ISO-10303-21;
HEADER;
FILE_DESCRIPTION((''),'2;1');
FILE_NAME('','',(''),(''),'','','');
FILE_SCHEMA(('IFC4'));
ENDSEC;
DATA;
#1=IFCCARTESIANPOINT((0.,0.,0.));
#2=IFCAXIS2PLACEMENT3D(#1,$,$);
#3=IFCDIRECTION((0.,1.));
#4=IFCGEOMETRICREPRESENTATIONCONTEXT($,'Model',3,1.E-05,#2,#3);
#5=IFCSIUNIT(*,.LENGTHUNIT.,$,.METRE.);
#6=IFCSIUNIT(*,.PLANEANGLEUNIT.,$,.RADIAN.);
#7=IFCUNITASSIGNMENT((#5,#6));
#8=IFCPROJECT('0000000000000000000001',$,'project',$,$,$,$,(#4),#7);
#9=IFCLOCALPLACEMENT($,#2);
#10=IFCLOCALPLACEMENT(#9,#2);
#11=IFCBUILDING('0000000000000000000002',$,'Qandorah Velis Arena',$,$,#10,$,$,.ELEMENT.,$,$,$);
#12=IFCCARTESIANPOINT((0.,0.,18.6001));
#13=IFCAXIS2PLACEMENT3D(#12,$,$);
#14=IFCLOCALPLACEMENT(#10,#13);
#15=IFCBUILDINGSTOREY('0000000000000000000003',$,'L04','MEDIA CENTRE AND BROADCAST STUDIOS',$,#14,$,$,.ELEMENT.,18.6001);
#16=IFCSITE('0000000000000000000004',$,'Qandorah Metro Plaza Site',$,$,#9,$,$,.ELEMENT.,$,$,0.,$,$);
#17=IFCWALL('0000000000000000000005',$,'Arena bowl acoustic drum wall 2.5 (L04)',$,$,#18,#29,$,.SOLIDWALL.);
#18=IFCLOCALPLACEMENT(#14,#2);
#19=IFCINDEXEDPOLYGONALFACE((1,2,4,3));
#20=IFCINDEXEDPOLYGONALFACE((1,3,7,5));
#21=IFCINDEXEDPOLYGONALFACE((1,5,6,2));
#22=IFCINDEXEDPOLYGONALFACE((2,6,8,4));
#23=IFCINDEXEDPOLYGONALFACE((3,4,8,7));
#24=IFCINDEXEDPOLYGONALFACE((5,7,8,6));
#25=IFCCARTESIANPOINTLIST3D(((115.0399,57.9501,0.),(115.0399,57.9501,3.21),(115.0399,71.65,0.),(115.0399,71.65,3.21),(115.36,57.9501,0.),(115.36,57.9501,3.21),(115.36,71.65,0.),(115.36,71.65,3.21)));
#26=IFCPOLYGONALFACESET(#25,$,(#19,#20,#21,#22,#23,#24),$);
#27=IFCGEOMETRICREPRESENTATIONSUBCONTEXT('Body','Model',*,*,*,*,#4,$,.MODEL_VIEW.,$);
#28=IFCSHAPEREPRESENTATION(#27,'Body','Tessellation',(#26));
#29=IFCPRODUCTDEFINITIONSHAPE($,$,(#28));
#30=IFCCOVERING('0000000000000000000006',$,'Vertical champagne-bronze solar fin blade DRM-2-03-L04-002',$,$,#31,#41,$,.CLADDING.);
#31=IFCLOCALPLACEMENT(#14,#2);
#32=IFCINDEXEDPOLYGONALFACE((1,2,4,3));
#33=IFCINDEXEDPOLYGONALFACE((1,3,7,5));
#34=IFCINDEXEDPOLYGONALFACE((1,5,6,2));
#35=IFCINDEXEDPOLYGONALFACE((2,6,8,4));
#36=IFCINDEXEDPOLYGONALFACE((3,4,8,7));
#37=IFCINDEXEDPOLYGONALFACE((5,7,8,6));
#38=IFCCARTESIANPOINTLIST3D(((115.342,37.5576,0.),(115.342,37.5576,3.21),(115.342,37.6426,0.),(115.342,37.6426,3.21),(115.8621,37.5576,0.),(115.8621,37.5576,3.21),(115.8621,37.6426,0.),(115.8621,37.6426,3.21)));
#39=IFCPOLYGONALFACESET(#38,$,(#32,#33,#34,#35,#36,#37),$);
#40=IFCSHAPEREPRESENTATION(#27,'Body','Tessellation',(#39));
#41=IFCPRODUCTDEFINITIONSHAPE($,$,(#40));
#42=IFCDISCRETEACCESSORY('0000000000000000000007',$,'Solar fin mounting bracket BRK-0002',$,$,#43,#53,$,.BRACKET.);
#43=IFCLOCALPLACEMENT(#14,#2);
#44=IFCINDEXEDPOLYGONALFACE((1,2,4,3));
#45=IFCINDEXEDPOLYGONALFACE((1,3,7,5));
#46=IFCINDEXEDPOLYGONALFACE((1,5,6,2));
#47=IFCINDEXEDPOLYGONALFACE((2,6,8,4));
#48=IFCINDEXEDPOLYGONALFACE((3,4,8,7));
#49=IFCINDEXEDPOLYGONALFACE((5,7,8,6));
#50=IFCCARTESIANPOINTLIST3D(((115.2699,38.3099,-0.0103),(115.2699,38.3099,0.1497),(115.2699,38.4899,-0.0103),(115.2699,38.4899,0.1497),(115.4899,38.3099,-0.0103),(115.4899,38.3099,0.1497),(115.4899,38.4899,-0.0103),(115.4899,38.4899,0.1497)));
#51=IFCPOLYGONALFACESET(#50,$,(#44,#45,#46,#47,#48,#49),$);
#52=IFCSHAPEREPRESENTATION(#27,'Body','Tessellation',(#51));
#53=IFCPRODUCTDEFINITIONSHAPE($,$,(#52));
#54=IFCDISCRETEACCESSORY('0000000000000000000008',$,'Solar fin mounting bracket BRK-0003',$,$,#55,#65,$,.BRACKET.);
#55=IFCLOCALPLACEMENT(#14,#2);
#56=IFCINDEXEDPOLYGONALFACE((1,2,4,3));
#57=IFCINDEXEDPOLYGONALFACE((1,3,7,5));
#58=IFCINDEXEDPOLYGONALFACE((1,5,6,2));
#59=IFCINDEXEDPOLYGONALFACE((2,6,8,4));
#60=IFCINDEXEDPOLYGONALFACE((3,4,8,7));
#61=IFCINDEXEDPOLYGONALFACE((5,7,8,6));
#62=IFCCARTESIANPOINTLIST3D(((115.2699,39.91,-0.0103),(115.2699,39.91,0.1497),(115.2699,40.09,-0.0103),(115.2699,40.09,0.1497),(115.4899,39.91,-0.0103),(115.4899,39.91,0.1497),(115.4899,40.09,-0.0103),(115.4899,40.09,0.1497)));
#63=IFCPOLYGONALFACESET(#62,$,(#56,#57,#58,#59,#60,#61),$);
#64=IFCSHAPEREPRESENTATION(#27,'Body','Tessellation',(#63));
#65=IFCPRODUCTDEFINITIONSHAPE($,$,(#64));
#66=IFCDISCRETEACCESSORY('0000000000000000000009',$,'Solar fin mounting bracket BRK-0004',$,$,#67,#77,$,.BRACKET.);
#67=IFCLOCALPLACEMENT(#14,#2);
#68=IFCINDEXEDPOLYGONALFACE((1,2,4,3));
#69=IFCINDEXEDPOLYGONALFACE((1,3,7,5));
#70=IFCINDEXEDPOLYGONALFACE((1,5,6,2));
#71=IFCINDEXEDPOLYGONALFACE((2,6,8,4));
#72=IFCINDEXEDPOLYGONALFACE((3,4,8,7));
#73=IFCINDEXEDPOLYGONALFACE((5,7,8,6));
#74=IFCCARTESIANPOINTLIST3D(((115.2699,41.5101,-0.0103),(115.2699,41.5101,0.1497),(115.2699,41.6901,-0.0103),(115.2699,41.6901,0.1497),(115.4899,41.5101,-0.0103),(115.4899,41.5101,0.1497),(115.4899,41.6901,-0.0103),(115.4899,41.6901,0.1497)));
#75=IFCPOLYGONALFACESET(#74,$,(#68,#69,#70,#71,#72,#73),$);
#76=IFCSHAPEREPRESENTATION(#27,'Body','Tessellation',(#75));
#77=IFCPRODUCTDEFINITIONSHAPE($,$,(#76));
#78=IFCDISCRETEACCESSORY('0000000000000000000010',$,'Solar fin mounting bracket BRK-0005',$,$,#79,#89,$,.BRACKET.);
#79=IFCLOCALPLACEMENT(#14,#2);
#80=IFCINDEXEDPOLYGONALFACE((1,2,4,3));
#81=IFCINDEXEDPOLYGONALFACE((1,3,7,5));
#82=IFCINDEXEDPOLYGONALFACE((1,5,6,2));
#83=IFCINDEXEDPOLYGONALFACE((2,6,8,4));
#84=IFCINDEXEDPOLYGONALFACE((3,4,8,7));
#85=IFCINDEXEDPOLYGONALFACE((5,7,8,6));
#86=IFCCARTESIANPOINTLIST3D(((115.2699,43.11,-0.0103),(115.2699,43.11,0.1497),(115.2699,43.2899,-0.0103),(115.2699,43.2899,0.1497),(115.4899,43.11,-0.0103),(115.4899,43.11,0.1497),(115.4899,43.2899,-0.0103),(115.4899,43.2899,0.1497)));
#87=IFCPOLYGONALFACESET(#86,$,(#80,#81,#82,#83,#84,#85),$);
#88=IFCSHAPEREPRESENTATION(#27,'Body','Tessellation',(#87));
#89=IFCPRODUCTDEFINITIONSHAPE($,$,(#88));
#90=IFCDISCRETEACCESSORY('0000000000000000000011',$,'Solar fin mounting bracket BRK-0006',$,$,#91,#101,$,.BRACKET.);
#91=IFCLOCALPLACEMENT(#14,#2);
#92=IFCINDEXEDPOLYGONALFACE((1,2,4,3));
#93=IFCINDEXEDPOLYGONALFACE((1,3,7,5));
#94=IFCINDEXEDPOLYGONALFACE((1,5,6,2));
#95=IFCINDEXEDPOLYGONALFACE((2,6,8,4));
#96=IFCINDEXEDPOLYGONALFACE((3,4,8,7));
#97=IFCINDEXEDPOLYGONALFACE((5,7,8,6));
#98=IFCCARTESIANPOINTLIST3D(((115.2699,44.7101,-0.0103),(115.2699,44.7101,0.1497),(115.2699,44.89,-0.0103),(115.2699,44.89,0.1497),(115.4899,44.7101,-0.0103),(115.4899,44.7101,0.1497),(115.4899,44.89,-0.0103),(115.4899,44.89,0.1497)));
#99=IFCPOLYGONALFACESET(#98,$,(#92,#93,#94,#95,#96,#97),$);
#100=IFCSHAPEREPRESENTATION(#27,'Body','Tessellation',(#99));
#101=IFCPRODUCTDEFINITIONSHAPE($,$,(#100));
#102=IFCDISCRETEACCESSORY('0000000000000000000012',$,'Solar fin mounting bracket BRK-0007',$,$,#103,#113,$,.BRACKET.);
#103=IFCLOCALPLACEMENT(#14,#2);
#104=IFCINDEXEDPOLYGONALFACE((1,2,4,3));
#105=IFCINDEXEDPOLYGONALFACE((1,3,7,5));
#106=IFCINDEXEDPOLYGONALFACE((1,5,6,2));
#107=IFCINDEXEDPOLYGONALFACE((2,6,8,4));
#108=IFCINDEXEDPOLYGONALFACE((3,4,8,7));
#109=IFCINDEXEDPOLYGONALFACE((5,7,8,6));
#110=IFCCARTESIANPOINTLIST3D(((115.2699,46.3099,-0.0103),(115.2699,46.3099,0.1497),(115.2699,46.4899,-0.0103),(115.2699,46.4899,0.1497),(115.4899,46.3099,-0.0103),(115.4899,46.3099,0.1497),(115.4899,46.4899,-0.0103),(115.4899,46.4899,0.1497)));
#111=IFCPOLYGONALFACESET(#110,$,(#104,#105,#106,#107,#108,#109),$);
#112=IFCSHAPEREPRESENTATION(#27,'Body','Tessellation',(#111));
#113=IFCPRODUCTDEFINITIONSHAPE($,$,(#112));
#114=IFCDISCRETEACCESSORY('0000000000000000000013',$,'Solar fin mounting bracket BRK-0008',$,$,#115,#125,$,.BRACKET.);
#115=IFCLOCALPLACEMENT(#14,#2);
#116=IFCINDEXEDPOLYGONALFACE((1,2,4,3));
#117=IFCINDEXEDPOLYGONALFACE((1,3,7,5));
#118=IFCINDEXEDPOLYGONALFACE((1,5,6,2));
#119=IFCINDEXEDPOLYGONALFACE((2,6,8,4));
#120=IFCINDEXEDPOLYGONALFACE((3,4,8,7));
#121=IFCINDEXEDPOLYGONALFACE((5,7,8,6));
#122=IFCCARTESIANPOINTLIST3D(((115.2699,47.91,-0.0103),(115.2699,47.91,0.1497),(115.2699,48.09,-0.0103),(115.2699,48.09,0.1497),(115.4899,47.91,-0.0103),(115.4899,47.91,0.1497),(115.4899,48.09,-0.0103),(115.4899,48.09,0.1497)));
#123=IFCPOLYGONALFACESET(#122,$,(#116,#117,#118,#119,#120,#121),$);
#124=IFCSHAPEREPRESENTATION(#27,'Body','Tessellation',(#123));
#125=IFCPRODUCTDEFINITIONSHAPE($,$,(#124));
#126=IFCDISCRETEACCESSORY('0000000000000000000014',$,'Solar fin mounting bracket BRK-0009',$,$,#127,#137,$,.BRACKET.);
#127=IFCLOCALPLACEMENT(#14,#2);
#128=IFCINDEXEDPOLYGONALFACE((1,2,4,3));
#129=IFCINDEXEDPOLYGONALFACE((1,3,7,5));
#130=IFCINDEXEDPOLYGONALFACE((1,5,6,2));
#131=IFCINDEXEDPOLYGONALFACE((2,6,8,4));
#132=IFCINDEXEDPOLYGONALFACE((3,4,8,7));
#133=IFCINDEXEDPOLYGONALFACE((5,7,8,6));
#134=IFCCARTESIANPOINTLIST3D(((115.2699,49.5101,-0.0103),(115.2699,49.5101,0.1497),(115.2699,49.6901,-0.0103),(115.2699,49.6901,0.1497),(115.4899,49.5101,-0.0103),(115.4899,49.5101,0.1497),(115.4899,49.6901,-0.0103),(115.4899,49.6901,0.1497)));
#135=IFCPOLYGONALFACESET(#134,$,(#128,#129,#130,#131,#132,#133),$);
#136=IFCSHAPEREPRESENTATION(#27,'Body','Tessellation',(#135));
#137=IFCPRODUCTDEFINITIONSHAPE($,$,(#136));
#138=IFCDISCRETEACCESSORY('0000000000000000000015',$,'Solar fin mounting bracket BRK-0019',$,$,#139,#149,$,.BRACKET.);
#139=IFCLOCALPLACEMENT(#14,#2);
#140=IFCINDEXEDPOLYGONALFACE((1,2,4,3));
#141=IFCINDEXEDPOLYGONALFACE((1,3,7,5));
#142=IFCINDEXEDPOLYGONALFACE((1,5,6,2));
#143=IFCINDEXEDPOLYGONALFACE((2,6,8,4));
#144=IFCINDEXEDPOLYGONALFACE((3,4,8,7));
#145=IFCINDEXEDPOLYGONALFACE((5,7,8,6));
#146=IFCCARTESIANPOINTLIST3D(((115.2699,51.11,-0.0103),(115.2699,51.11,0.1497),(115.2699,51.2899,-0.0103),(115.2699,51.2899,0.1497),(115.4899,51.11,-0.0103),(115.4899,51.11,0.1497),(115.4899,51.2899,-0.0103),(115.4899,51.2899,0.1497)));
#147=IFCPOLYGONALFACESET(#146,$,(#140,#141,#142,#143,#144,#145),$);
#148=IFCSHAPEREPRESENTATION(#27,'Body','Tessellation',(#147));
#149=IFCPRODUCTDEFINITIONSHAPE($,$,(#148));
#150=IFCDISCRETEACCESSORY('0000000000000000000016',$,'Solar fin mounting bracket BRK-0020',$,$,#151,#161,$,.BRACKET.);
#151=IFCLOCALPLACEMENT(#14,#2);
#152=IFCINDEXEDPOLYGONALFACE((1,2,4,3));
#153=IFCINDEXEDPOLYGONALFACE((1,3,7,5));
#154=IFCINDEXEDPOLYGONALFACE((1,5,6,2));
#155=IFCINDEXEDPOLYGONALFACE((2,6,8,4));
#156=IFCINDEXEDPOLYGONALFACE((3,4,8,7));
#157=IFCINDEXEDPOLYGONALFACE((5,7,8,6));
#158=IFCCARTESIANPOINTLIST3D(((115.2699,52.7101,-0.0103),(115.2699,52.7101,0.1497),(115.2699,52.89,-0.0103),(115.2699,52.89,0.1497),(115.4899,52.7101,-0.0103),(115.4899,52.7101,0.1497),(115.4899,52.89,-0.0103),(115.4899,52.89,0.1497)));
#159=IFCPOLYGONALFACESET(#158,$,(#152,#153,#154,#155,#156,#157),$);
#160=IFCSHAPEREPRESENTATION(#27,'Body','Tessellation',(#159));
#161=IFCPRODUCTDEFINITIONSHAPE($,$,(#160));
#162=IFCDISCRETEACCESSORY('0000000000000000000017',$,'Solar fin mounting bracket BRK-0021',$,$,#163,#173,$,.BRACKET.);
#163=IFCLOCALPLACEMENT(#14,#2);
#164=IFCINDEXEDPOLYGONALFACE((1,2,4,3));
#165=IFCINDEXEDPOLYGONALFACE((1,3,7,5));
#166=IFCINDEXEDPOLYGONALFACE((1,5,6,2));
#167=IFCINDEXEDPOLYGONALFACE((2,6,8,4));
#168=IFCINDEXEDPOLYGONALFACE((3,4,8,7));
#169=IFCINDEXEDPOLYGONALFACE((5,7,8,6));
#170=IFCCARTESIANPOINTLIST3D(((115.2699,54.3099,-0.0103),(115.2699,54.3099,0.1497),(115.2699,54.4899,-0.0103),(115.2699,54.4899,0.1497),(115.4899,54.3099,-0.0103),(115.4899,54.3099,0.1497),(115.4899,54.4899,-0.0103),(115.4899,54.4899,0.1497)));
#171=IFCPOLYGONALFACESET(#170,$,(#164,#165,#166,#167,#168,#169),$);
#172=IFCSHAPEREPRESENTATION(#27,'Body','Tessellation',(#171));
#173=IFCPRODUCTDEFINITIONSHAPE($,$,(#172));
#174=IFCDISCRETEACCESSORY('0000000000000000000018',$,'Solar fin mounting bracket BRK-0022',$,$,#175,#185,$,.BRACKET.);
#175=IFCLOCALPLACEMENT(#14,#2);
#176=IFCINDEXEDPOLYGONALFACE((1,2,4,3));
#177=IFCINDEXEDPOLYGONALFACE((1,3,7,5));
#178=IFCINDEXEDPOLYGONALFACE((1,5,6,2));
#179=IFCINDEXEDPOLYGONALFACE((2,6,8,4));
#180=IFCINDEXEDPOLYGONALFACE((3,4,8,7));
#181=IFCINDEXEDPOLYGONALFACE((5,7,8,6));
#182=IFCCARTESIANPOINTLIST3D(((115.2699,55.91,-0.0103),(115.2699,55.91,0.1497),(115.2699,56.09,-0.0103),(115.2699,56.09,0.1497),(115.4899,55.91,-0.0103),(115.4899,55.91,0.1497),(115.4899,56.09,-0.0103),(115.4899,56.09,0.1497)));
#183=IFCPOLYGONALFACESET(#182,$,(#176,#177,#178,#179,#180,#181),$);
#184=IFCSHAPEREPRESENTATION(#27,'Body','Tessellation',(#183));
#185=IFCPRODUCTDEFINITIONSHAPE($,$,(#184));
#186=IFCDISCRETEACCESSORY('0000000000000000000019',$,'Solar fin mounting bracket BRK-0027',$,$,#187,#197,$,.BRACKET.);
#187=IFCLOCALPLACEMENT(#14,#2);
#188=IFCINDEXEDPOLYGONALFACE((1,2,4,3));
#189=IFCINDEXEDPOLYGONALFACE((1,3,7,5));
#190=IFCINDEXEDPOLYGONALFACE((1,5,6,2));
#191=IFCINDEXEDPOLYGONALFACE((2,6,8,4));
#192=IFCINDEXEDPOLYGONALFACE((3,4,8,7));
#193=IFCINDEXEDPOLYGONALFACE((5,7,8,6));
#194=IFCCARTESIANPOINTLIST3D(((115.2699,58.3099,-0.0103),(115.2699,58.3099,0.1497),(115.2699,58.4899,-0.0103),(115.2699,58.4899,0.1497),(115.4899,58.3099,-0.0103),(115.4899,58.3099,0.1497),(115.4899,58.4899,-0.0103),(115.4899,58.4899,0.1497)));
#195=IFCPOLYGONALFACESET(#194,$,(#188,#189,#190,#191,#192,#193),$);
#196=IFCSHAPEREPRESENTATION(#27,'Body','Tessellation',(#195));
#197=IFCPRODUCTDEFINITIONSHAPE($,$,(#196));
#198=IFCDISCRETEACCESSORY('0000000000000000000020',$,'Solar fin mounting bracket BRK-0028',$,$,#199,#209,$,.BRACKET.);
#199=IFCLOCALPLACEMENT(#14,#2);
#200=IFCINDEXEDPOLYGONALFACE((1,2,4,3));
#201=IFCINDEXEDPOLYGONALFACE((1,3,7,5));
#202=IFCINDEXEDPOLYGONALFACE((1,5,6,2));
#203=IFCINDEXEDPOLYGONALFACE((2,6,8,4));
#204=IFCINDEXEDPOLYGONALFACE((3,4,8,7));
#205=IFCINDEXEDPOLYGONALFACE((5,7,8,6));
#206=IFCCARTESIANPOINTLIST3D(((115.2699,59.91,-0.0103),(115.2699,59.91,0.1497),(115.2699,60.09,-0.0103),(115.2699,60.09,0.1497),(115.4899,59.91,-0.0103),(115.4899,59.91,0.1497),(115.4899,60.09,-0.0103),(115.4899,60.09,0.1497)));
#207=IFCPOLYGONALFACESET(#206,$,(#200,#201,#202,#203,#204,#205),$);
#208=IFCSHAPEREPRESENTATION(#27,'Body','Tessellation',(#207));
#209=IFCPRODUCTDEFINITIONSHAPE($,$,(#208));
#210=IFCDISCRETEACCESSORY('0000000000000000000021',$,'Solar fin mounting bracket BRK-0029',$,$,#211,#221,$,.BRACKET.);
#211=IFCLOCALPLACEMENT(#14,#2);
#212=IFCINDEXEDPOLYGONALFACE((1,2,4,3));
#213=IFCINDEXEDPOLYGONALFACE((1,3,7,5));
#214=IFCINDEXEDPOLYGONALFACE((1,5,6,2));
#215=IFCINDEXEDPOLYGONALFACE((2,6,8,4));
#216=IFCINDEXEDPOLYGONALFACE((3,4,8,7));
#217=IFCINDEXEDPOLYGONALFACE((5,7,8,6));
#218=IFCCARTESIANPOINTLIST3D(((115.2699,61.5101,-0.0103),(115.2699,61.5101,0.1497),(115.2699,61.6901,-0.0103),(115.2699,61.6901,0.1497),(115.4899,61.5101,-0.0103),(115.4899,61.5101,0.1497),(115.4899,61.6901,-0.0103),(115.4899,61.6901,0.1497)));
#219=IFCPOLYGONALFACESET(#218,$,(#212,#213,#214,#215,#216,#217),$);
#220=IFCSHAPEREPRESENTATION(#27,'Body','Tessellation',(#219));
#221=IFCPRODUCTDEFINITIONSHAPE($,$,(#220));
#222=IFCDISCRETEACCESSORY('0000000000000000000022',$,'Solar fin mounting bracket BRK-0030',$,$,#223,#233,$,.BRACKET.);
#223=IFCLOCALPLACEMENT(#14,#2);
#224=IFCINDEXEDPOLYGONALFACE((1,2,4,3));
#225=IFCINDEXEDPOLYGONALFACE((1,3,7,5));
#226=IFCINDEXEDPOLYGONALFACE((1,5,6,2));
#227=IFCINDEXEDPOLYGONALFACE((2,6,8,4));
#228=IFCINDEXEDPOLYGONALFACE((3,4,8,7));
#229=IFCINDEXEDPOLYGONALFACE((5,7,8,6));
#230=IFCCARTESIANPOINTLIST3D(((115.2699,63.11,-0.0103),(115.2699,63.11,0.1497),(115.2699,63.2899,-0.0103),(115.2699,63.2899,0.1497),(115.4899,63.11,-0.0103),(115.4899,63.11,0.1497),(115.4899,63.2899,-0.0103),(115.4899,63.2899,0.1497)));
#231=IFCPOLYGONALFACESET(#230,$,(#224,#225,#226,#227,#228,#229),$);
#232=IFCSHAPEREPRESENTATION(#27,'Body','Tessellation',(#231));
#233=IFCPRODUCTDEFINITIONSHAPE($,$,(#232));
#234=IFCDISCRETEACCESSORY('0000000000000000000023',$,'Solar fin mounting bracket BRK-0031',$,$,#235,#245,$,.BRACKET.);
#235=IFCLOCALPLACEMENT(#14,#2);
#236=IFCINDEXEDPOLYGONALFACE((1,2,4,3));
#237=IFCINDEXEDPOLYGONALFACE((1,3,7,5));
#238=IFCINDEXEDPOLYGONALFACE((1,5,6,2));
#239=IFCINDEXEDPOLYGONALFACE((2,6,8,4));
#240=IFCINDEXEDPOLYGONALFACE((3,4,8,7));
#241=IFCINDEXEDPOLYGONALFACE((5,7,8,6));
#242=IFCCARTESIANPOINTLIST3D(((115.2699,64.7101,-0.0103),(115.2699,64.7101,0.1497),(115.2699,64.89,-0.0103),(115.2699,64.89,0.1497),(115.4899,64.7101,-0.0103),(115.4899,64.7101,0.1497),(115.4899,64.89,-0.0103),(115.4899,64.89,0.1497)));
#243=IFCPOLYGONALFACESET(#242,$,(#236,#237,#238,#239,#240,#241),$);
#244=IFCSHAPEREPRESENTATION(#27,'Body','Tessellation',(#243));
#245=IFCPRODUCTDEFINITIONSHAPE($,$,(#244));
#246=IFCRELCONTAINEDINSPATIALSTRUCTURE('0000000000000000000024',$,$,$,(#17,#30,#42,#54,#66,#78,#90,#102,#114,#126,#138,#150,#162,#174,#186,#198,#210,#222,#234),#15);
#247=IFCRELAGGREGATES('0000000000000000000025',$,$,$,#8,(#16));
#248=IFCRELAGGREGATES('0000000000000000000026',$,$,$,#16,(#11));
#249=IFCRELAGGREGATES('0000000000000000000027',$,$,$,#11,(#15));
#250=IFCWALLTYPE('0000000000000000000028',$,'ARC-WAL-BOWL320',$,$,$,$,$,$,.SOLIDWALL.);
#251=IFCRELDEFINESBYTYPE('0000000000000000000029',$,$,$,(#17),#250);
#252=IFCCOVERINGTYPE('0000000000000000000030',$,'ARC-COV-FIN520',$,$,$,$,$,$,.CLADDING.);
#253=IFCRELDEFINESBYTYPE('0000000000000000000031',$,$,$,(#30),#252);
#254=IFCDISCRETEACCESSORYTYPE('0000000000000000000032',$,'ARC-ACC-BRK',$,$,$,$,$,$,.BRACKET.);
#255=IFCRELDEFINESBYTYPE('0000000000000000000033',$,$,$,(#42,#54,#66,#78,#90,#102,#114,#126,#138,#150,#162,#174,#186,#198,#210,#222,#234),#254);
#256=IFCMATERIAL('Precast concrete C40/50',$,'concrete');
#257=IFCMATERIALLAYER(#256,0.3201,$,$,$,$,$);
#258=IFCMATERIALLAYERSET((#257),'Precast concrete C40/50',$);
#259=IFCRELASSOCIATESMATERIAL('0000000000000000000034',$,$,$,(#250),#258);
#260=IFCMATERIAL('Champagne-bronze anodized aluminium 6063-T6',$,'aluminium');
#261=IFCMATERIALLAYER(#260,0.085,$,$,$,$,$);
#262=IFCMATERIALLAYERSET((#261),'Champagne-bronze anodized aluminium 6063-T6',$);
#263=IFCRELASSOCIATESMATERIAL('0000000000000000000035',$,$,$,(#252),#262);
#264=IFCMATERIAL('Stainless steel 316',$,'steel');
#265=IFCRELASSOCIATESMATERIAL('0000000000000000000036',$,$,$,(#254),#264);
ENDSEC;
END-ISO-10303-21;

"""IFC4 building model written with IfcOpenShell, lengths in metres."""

from ifc_helpers import new_model, si_unit, direction, frame, frame_2d, origin, origin_2d, place, context, subcontext, project, spatial, rectangle, extrude, material, layer, layer_set, type_object, element, save


model = new_model("IFC4")

# Units and contexts
model_context = context("Model", 3, precision=1e-05, world=origin(), true_north=direction((0.0, 1.0)))
body_context = subcontext(model_context, "Body", "Model", "MODEL_VIEW")
ifc_project = project(units=[si_unit("LENGTHUNIT", "METRE"), si_unit("PLANEANGLEUNIT", "RADIAN")], contexts=[model_context])

# Site, building, storey
site_placement = place(None, origin())
site = spatial("IfcSite", under=ifc_project, at=site_placement, Name="Qandorah Metro Plaza Site", CompositionType="ELEMENT", RefElevation=0.0)
building_placement = place(site_placement, origin())
building = spatial("IfcBuilding", under=site, at=building_placement, Name="Qandorah Velis Arena", CompositionType="ELEMENT")
storey_placement = place(building_placement, frame((0.0, 0.0, 18.6001)))
storey = spatial("IfcBuildingStorey", under=building, at=storey_placement, Name="L04", Description="MEDIA CENTRE AND BROADCAST STUDIOS", CompositionType="ELEMENT", Elevation=18.6001)

# Wall
ifc_material_1 = material(Name="Precast concrete C40/50", Category="concrete")
ifc_layer_1 = layer(ifc_material_1, 0.3201)
ifc_layer_set_1 = layer_set([ifc_layer_1], Name="Precast concrete C40/50")
wall_type = type_object("IfcWallType", Name="ARC-WAL-BOWL320", PredefinedType="SOLIDWALL", material=ifc_layer_set_1)
wall_1_placement = place(storey_placement, frame((115.2, 57.95, 0.0), z_axis=(0.0, 0.0, 1.0), x_axis=(0.0, 1.0, 0.0)))
element("IfcWall", 1, at=wall_1_placement, inside=storey, type_object=wall_type, Name="Arena bowl acoustic drum wall 2.5 (L04)", PredefinedType="SOLIDWALL", context=body_context, shape_type="SweptSolid", body=[
    extrude(rectangle(XDim=13.7, YDim=0.3201, at=frame_2d((6.8501, 0.0))), origin(), (0.0, 0.0, 1.0), 3.21),
])

# Covering
ifc_material_2 = material(Name="Champagne-bronze anodized aluminium 6063-T6", Category="aluminium")
ifc_layer_2 = layer(ifc_material_2, 0.085)
ifc_layer_set_2 = layer_set([ifc_layer_2], Name="Champagne-bronze anodized aluminium 6063-T6")
covering_type = type_object("IfcCoveringType", Name="ARC-COV-FIN520", PredefinedType="CLADDING", material=ifc_layer_set_2)
covering_placement = place(storey_placement, frame((115.6021, 37.6001, 0.0), z_axis=(0.0, 0.0, 1.0), x_axis=(1.0, 0.0, 0.0)))
element("IfcCovering", 2, at=covering_placement, inside=storey, type_object=covering_type, Name="Vertical champagne-bronze solar fin blade DRM-2-03-L04-002", PredefinedType="CLADDING", context=body_context, shape_type="SweptSolid", body=[
    extrude(rectangle(XDim=0.52, YDim=0.085, at=origin_2d()), origin(), (0.0, 0.0, 1.0), 3.21),
])

# Discrete accessories
ifc_material_3 = material(Name="Stainless steel 316", Category="steel")
discrete_accessory_type = type_object("IfcDiscreteAccessoryType", Name="ARC-ACC-BRK", PredefinedType="BRACKET", material=ifc_material_3)
for number, where, z_axis, x_axis, name in (
    (3, (115.3799, 38.3999, -0.0103), (0.0, 0.0, 1.0), (1.0, 0.0, 0.0), "Solar fin mounting bracket BRK-0002"),
    (4, (115.3799, 40.0, -0.0103), (0.0, 0.0, 1.0), (1.0, 0.0, 0.0), "Solar fin mounting bracket BRK-0003"),
    (5, (115.3799, 41.6001, -0.0103), (0.0, 0.0, 1.0), (1.0, 0.0, 0.0), "Solar fin mounting bracket BRK-0004"),
    (6, (115.3799, 43.2, -0.0103), (0.0, 0.0, 1.0), (1.0, 0.0, 0.0), "Solar fin mounting bracket BRK-0005"),
    (7, (115.3799, 44.8, -0.0103), (0.0, 0.0, 1.0), (1.0, 0.0, 0.0), "Solar fin mounting bracket BRK-0006"),
    (8, (115.3799, 46.3999, -0.0103), (0.0, 0.0, 1.0), (1.0, 0.0, 0.0), "Solar fin mounting bracket BRK-0007"),
    (9, (115.3799, 48.0, -0.0103), (0.0, 0.0, 1.0), (1.0, 0.0, 0.0), "Solar fin mounting bracket BRK-0008"),
    (10, (115.3799, 49.6001, -0.0103), (0.0, 0.0, 1.0), (1.0, 0.0, 0.0), "Solar fin mounting bracket BRK-0009"),
    (11, (115.3799, 51.2, -0.0103), (0.0, 0.0, 1.0), (1.0, 0.0, 0.0), "Solar fin mounting bracket BRK-0019"),
    (12, (115.3799, 52.8, -0.0103), (0.0, 0.0, 1.0), (1.0, 0.0, 0.0), "Solar fin mounting bracket BRK-0020"),
    (13, (115.3799, 54.3999, -0.0103), (0.0, 0.0, 1.0), (1.0, 0.0, 0.0), "Solar fin mounting bracket BRK-0021"),
    (14, (115.3799, 56.0, -0.0103), (0.0, 0.0, 1.0), (1.0, 0.0, 0.0), "Solar fin mounting bracket BRK-0022"),
    (15, (115.3799, 58.3999, -0.0103), (0.0, 0.0, 1.0), (1.0, 0.0, 0.0), "Solar fin mounting bracket BRK-0027"),
    (16, (115.3799, 60.0, -0.0103), (0.0, 0.0, 1.0), (1.0, 0.0, 0.0), "Solar fin mounting bracket BRK-0028"),
    (17, (115.3799, 61.6001, -0.0103), (0.0, 0.0, 1.0), (1.0, 0.0, 0.0), "Solar fin mounting bracket BRK-0029"),
    (18, (115.3799, 63.2, -0.0103), (0.0, 0.0, 1.0), (1.0, 0.0, 0.0), "Solar fin mounting bracket BRK-0030"),
    (19, (115.3799, 64.8, -0.0103), (0.0, 0.0, 1.0), (1.0, 0.0, 0.0), "Solar fin mounting bracket BRK-0031"),
):
    element("IfcDiscreteAccessory", number, at=place(storey_placement, frame(where, z_axis=z_axis, x_axis=x_axis)), inside=storey, type_object=discrete_accessory_type, Name=name, PredefinedType="BRACKET", context=body_context, shape_type="SweptSolid", body=[
        extrude(rectangle(XDim=0.22, YDim=0.1799, at=origin_2d()), origin(), (0.0, 0.0, 1.0), 0.1599),
    ])

save(model, "model.ifc")
